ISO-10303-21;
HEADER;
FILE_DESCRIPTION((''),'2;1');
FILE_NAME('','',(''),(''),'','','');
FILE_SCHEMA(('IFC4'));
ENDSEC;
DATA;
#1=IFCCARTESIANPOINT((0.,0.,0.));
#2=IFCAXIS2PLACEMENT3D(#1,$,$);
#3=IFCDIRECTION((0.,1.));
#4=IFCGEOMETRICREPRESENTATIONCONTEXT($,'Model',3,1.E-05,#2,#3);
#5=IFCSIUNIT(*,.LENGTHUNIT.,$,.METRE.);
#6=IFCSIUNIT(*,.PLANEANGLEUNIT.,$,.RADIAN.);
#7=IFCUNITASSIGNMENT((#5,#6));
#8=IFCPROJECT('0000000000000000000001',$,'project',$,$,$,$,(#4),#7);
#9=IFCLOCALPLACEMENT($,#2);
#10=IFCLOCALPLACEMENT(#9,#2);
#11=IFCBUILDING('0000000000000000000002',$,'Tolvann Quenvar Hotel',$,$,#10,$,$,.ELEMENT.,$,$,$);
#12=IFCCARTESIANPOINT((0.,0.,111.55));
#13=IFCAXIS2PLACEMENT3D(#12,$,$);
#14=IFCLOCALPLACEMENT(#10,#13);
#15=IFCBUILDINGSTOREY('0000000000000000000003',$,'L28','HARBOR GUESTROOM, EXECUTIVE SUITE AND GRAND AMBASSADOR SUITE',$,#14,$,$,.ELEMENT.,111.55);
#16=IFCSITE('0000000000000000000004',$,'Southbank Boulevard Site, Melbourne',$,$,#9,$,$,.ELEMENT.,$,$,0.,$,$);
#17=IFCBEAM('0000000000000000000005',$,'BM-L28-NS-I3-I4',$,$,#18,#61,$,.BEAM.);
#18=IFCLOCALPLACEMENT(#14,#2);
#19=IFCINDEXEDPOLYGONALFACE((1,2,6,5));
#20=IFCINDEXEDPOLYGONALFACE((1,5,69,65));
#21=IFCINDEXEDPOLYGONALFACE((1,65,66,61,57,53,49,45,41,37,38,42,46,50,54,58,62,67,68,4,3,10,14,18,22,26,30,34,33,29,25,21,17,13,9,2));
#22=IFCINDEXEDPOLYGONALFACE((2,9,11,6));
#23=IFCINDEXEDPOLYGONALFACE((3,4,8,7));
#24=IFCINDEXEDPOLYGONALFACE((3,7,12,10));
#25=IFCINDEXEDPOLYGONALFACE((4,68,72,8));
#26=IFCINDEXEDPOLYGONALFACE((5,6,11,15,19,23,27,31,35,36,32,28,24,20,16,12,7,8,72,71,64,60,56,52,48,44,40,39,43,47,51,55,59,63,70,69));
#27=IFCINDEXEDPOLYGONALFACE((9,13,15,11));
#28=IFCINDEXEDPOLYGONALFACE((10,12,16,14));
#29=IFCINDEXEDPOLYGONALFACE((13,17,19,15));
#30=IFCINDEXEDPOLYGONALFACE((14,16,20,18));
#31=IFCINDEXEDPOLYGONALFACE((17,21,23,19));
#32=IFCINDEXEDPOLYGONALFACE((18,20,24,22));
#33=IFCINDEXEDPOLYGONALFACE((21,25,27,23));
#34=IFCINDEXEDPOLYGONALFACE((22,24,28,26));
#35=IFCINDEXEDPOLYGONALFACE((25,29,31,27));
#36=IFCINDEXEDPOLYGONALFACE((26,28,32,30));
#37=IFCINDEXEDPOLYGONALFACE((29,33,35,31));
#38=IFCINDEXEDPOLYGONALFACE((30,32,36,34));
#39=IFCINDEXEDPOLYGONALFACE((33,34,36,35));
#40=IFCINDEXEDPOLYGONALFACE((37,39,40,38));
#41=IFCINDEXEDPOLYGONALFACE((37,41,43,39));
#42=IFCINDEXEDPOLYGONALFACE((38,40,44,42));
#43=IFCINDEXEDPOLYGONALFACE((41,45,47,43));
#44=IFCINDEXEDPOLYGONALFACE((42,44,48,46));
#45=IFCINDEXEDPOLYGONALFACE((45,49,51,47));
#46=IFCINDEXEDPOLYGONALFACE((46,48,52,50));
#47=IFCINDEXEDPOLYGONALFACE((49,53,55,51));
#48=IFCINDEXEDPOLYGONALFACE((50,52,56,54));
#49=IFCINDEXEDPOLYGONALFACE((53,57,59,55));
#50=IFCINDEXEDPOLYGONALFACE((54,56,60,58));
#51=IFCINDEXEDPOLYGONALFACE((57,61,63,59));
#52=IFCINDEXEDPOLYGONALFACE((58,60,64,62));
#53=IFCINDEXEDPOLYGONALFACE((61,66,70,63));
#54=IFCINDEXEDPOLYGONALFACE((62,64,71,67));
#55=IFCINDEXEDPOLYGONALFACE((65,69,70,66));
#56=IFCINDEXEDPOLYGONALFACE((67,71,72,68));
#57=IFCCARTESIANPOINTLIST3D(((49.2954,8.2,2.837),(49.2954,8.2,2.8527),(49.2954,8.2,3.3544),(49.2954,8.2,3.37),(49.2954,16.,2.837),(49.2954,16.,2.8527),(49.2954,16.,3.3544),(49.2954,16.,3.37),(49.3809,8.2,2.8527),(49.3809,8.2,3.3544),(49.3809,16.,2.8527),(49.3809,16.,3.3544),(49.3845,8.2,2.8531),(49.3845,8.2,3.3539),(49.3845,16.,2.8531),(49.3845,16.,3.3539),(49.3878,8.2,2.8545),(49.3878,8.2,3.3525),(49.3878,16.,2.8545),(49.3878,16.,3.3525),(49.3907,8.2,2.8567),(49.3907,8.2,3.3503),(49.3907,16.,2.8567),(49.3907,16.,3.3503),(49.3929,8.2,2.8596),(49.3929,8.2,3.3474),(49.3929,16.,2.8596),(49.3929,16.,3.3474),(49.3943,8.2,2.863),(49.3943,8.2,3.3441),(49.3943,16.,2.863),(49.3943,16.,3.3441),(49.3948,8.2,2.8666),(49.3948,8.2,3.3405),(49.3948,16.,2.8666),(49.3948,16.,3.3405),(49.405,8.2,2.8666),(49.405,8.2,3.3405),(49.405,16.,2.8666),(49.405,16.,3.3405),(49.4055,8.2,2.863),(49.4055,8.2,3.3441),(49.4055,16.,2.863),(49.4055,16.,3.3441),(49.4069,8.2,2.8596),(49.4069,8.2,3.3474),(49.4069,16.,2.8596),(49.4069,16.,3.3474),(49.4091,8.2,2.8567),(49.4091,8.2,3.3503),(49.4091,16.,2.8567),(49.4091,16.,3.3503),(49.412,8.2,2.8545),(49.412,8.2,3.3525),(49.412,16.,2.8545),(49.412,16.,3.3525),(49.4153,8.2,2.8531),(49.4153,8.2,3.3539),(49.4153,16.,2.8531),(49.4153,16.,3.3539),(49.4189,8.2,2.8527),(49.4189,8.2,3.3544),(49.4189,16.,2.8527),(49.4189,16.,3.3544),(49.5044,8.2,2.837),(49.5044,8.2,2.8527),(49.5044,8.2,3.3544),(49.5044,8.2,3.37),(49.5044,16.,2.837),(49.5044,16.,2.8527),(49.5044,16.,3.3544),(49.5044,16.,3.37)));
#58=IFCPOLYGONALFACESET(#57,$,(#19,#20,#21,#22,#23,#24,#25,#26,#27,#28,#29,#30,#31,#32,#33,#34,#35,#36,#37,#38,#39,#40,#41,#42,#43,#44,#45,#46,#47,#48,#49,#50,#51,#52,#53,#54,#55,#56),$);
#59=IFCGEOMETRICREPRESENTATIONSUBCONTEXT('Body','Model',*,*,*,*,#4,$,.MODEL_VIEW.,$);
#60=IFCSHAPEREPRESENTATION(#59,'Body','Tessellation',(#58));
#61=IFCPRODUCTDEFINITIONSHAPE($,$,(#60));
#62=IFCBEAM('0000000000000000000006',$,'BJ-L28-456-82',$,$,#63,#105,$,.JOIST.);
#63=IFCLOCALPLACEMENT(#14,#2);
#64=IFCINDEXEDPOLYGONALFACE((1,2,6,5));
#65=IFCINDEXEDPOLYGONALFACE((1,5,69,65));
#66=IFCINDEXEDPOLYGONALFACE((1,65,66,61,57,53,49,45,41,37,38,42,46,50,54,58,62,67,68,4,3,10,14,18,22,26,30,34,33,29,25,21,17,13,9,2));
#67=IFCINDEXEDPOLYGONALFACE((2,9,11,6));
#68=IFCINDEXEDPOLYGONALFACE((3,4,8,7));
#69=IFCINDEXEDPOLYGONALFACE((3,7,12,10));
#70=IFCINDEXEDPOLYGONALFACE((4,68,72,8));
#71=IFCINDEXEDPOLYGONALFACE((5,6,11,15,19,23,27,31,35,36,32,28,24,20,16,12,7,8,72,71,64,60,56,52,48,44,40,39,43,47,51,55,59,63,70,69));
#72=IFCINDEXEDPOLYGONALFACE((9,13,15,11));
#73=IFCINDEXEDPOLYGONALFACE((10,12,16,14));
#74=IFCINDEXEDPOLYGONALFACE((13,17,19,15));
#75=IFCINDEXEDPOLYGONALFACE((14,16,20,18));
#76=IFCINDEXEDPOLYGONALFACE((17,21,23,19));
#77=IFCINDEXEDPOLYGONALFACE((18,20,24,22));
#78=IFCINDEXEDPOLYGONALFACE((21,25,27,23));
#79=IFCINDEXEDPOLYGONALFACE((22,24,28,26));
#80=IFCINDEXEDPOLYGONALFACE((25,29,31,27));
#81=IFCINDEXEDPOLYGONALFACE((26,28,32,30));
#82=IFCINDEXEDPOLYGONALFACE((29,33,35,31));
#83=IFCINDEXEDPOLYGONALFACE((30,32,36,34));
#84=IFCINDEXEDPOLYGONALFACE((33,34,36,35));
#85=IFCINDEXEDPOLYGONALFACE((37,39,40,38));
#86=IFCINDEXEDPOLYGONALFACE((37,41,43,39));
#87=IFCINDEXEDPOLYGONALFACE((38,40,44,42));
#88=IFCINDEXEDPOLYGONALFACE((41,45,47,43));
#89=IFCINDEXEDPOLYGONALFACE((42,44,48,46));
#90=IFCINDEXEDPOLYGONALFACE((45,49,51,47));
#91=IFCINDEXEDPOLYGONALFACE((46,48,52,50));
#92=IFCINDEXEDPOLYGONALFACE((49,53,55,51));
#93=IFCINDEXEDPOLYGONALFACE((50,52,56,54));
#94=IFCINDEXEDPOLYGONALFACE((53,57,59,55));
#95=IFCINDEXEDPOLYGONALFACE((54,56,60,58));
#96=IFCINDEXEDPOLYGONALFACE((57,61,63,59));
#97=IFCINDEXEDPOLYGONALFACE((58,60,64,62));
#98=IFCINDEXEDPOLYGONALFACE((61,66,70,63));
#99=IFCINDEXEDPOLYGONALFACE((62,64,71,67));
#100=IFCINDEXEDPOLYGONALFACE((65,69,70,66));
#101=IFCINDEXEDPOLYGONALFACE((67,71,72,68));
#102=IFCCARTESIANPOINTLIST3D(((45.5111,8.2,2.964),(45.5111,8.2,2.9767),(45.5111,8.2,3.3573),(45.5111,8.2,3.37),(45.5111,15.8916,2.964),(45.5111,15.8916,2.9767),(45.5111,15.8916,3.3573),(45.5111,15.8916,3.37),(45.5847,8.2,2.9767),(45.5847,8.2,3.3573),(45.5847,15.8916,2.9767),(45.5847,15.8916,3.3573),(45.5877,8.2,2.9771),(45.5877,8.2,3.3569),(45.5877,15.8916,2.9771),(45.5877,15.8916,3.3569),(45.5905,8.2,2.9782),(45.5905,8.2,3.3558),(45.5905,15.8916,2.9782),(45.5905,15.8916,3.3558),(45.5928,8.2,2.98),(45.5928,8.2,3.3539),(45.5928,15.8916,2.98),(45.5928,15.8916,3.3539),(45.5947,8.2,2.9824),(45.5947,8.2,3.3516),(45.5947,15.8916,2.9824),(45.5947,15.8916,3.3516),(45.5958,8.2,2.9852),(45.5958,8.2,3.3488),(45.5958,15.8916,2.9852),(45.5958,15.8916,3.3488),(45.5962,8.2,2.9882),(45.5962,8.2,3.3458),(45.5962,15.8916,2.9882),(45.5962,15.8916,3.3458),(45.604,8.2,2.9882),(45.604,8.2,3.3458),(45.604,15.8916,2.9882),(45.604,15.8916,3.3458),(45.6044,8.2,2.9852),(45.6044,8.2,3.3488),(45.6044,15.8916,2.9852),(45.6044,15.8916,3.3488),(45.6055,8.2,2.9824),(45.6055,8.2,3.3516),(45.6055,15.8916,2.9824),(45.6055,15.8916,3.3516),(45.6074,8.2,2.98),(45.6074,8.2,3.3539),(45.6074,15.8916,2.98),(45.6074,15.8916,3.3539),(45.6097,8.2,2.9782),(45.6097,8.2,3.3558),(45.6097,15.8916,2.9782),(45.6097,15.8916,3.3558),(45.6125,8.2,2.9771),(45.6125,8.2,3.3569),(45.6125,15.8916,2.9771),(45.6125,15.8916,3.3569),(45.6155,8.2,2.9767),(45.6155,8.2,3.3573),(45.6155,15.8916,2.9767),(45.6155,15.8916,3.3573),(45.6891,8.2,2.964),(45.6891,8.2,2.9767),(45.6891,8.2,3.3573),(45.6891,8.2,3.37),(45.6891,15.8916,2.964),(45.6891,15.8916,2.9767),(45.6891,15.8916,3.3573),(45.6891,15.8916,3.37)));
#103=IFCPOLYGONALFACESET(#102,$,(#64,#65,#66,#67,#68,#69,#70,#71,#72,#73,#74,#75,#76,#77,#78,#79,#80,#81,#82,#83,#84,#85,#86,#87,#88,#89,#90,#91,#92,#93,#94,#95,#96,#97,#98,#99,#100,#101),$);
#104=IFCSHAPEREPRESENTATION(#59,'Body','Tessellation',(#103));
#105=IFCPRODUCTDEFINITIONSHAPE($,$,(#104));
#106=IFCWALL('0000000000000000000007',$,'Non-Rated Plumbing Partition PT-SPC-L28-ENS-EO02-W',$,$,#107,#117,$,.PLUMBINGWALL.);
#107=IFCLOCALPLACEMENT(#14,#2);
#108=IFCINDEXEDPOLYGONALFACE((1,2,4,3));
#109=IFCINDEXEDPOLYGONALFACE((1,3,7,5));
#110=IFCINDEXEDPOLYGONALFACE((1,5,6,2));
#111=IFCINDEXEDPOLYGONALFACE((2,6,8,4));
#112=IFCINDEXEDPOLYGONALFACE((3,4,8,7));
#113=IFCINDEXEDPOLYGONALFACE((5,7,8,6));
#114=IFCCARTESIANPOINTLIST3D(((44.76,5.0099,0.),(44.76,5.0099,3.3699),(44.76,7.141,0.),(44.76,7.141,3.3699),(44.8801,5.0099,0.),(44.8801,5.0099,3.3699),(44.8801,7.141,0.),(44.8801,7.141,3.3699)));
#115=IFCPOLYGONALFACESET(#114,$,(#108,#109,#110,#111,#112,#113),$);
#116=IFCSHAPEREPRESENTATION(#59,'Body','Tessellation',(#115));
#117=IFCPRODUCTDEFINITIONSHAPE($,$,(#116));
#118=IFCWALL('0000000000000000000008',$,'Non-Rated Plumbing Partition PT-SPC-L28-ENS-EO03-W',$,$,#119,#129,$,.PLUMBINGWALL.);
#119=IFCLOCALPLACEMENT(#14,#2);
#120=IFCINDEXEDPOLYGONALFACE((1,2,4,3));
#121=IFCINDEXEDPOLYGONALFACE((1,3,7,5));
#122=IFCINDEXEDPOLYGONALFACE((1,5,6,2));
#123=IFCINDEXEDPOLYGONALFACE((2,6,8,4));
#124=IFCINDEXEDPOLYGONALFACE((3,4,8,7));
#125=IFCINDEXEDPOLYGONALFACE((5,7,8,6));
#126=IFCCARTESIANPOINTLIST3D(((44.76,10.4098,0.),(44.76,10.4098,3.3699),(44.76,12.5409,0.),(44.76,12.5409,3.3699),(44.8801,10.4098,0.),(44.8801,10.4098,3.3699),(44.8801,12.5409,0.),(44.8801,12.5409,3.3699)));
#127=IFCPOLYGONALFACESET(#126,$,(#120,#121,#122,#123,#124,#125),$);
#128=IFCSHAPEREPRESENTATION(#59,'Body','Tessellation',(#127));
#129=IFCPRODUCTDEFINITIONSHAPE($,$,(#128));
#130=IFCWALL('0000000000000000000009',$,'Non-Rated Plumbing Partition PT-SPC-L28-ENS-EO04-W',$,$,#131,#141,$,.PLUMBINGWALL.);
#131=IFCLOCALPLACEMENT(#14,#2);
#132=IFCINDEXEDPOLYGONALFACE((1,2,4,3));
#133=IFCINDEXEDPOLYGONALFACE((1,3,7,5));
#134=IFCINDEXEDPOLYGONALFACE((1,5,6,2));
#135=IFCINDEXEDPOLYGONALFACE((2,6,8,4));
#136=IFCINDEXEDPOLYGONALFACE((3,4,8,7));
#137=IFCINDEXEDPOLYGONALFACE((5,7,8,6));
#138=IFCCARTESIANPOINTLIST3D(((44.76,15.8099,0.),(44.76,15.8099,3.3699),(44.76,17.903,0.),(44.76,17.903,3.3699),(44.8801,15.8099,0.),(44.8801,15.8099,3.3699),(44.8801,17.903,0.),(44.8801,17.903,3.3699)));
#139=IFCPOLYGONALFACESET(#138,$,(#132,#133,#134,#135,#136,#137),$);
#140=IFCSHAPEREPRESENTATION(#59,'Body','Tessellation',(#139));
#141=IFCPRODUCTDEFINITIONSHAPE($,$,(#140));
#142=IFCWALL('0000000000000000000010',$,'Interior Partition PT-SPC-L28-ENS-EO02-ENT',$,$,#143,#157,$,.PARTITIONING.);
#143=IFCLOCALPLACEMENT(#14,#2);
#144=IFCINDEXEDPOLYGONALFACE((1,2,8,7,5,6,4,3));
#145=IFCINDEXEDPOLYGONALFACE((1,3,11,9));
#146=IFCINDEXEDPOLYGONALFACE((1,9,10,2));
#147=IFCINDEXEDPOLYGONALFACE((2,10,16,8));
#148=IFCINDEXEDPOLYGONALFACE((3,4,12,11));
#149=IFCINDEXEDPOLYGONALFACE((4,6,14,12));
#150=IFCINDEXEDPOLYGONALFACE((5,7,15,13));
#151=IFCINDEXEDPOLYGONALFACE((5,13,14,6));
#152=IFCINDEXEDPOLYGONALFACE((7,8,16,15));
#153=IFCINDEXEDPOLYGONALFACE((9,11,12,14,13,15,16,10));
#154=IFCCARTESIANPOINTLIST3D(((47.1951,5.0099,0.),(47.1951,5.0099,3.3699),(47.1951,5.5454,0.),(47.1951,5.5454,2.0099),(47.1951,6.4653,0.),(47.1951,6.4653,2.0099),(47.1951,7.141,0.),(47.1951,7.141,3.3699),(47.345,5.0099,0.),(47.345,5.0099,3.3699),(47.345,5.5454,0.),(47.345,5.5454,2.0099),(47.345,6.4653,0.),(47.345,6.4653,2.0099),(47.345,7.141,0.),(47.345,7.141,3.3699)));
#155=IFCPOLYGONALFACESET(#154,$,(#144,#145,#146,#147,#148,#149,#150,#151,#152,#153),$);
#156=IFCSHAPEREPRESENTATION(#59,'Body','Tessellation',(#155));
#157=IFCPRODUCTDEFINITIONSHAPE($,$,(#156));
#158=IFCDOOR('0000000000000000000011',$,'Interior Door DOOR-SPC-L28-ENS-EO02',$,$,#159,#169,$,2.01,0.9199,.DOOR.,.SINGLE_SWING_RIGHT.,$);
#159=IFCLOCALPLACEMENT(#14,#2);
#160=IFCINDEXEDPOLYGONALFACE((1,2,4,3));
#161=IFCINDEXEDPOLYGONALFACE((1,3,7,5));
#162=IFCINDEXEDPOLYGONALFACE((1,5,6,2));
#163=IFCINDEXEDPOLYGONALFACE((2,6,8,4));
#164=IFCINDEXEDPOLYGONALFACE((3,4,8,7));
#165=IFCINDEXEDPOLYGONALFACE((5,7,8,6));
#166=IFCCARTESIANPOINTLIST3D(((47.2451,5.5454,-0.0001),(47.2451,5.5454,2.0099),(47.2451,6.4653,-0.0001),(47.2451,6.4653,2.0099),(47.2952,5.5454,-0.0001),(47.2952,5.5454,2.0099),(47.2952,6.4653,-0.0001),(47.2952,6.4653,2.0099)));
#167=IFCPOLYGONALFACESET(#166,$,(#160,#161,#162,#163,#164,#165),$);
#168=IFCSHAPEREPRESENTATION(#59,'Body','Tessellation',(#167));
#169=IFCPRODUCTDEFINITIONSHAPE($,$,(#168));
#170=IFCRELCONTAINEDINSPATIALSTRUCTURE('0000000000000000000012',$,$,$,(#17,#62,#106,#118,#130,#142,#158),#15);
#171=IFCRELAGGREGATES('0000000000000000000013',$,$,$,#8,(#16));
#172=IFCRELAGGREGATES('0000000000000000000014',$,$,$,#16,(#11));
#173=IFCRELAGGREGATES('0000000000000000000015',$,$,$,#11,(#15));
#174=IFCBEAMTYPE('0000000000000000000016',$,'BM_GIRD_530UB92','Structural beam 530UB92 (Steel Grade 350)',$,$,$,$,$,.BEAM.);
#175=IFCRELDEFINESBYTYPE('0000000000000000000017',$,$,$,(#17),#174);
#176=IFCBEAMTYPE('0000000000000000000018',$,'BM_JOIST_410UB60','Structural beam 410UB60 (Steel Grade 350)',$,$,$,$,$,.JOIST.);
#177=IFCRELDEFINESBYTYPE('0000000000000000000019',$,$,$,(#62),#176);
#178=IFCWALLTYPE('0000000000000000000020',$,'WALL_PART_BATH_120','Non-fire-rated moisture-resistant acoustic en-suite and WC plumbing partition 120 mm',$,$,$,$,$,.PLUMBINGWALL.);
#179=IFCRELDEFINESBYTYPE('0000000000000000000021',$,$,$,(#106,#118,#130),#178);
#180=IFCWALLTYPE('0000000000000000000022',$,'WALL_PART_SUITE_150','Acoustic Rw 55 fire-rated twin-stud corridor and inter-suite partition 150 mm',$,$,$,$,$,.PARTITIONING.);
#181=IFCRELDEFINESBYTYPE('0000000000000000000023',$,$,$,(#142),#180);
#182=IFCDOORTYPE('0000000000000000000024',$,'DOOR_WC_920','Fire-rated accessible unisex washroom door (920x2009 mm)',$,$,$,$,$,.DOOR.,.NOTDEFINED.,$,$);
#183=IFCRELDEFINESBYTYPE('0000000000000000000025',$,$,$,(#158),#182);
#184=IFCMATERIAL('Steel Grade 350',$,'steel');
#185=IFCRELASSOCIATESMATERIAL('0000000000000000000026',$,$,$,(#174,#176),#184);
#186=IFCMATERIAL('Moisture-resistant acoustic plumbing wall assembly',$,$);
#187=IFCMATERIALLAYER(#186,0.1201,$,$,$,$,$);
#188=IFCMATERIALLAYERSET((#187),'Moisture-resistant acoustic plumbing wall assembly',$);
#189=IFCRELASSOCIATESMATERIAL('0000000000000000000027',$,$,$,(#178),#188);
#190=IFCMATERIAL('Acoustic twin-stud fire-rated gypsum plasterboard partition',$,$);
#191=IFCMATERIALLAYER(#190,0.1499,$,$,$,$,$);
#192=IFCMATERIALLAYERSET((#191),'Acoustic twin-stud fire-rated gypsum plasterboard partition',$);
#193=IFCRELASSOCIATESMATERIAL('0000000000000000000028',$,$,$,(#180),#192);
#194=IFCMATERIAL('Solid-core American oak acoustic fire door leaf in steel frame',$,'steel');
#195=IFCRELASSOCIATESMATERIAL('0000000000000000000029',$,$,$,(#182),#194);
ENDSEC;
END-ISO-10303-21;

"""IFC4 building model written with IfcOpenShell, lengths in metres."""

from ifc_helpers import new_model, si_unit, direction, frame, frame_2d, origin, origin_2d, place, context, subcontext, project, spatial, rectangle, i_section, extrude, source, transform, mapped, material, layer, layer_set, material_profile, profile_set, type_object, type_shapes, element, fill, save


model = new_model("IFC4")

# Units and contexts
model_context = context("Model", 3, precision=1e-05, world=origin(), true_north=direction((0.0, 1.0)))
body_context = subcontext(model_context, "Body", "Model", "MODEL_VIEW")
ifc_project = project(units=[si_unit("LENGTHUNIT", "METRE"), si_unit("PLANEANGLEUNIT", "RADIAN")], contexts=[model_context])

# Site, building, storey
site_placement = place(None, origin())
site = spatial("IfcSite", under=ifc_project, at=site_placement, Name="Southbank Boulevard Site, Melbourne", CompositionType="ELEMENT", RefElevation=0.0)
building_placement = place(site_placement, origin())
building = spatial("IfcBuilding", under=site, at=building_placement, Name="Tolvann Quenvar Hotel", CompositionType="ELEMENT")
storey_placement = place(building_placement, frame((0.0, 0.0, 111.55)))
storey = spatial("IfcBuildingStorey", under=building, at=storey_placement, Name="L28", Description="HARBOR GUESTROOM, EXECUTIVE SUITE AND GRAND AMBASSADOR SUITE", CompositionType="ELEMENT", Elevation=111.55)

# Shared definitions
ifc_material_1 = material(Name="Steel Grade 350", Category="steel")

# Beams
ifc_material_profile_1 = material_profile(ifc_material_1, i_section(OverallWidth=0.209, OverallDepth=0.533, WebThickness=0.0103, FlangeThickness=0.0156, FilletRadius=0.0139, at=origin_2d()), Name="530UB92")
ifc_profile_set_1 = profile_set([ifc_material_profile_1], Name="Steel Grade 350")
beam_type_1 = type_object("IfcBeamType", Name="BM_GIRD_530UB92", Description="Structural beam 530UB92 (Steel Grade 350)", PredefinedType="BEAM", material=ifc_profile_set_1)
shared_shape_1 = source(origin(), body_context, "Body", "SweptSolid", [
    extrude(i_section(OverallWidth=0.209, OverallDepth=0.533, WebThickness=0.0103, FlangeThickness=0.0156, FilletRadius=0.0139, at=origin_2d()), origin(), (0.0, 0.0, 1.0), 7.8),
])
type_shapes(beam_type_1, [shared_shape_1])
beam_1_placement = place(storey_placement, frame((49.3999, 8.2, 3.1035), z_axis=(0.0, 1.0, 0.0), x_axis=(-1.0, 0.0, 0.0)))
element("IfcBeam", 1, at=beam_1_placement, inside=storey, type_object=beam_type_1, Name="BM-L28-NS-I3-I4", PredefinedType="BEAM", context=body_context, shape_type="MappedRepresentation", body=[
    mapped(shared_shape_1, transform((0.0, 0.0, 0.0), x_axis=(1.0, 0.0, 0.0), y_axis=(0.0, 1.0, 0.0), z_axis=(0.0, 0.0, 1.0), scale=1.0)),
])
ifc_material_profile_2 = material_profile(ifc_material_1, i_section(OverallWidth=0.178, OverallDepth=0.406, WebThickness=0.0078, FlangeThickness=0.0127, FilletRadius=0.0115, at=origin_2d()), Name="410UB60")
ifc_profile_set_2 = profile_set([ifc_material_profile_2], Name="Steel Grade 350")
beam_type_2 = type_object("IfcBeamType", Name="BM_JOIST_410UB60", Description="Structural beam 410UB60 (Steel Grade 350)", PredefinedType="JOIST", material=ifc_profile_set_2)
shared_shape_2 = source(origin(), body_context, "Body", "SweptSolid", [
    extrude(i_section(OverallWidth=0.178, OverallDepth=0.406, WebThickness=0.0078, FlangeThickness=0.0127, FilletRadius=0.0115, at=origin_2d()), origin(), (0.0, 0.0, 1.0), 7.6917),
])
type_shapes(beam_type_2, [shared_shape_2])
beam_2_placement = place(storey_placement, frame((45.6001, 8.2, 3.167), z_axis=(0.0, 1.0, 0.0), x_axis=(-1.0, 0.0, 0.0)))
element("IfcBeam", 2, at=beam_2_placement, inside=storey, type_object=beam_type_2, Name="BJ-L28-456-82", PredefinedType="JOIST", context=body_context, shape_type="MappedRepresentation", body=[
    mapped(shared_shape_2, transform((0.0, 0.0, 0.0), x_axis=(1.0, 0.0, 0.0), y_axis=(0.0, 1.0, 0.0), z_axis=(0.0, 0.0, 1.0), scale=1.0)),
])

# Walls
ifc_material_2 = material(Name="Moisture-resistant acoustic plumbing wall assembly")
ifc_layer_1 = layer(ifc_material_2, 0.1201)
ifc_layer_set_1 = layer_set([ifc_layer_1], Name="Moisture-resistant acoustic plumbing wall assembly")
wall_type_1 = type_object("IfcWallType", Name="WALL_PART_BATH_120", Description="Non-fire-rated moisture-resistant acoustic en-suite and WC plumbing partition 120 mm", PredefinedType="PLUMBINGWALL", material=ifc_layer_set_1)
for number, where, z_axis, x_axis, name in (
    (3, (44.8201, 5.01, 0.0), (0.0, 0.0, 1.0), (0.0, 1.0, 0.0), "Non-Rated Plumbing Partition PT-SPC-L28-ENS-EO02-W"),
    (4, (44.8201, 10.4099, 0.0), (0.0, 0.0, 1.0), (0.0, 1.0, 0.0), "Non-Rated Plumbing Partition PT-SPC-L28-ENS-EO03-W"),
):
    element("IfcWall", number, at=place(storey_placement, frame(where, z_axis=z_axis, x_axis=x_axis)), inside=storey, type_object=wall_type_1, Name=name, PredefinedType="PLUMBINGWALL", context=body_context, shape_type="SweptSolid", body=[
        extrude(rectangle(XDim=2.1311, YDim=0.1201, at=frame_2d((1.0654, 0.0))), origin(), (0.0, 0.0, 1.0), 3.3699),
    ])
wall_1_placement = place(storey_placement, frame((44.8201, 15.8101, 0.0), z_axis=(0.0, 0.0, 1.0), x_axis=(0.0, 1.0, 0.0)))
element("IfcWall", 5, at=wall_1_placement, inside=storey, type_object=wall_type_1, Name="Non-Rated Plumbing Partition PT-SPC-L28-ENS-EO04-W", PredefinedType="PLUMBINGWALL", context=body_context, shape_type="SweptSolid", body=[
    extrude(rectangle(XDim=2.093, YDim=0.1201, at=frame_2d((1.0464, 0.0))), origin(), (0.0, 0.0, 1.0), 3.3699),
])

# Wall, opening, door
ifc_material_3 = material(Name="Acoustic twin-stud fire-rated gypsum plasterboard partition")
ifc_layer_2 = layer(ifc_material_3, 0.1499)
ifc_layer_set_2 = layer_set([ifc_layer_2], Name="Acoustic twin-stud fire-rated gypsum plasterboard partition")
wall_type_2 = type_object("IfcWallType", Name="WALL_PART_SUITE_150", Description="Acoustic Rw 55 fire-rated twin-stud corridor and inter-suite partition 150 mm", PredefinedType="PARTITIONING", material=ifc_layer_set_2)
wall_2_placement = place(storey_placement, frame((47.27, 5.01, 0.0), z_axis=(0.0, 0.0, 1.0), x_axis=(0.0, 1.0, 0.0)))
wall_2 = element("IfcWall", 6, at=wall_2_placement, inside=storey, type_object=wall_type_2, Name="Interior Partition PT-SPC-L28-ENS-EO02-ENT", PredefinedType="PARTITIONING", context=body_context, shape_type="SweptSolid", body=[
    extrude(rectangle(XDim=2.1311, YDim=0.1499, at=frame_2d((1.0654, 0.0))), origin(), (0.0, 0.0, 1.0), 3.3699),
])
opening_1_placement = place(wall_2_placement, frame((0.5354, 0.0, 0.0)))
opening_1 = element("IfcOpeningElement", 7, at=opening_1_placement, cuts=wall_2, PredefinedType="OPENING", context=body_context, shape_type="SweptSolid", body=[
    extrude(rectangle(XDim=0.9199, YDim=2.01, at=frame_2d((0.46, 1.0049))), frame((0.0, 0.085, 0.0), z_axis=(0.0, -1.0, 0.0), x_axis=(1.0, 0.0, 0.0)), (0.0, 0.0, 1.0), 0.1699),
])
ifc_material_4 = material(Name="Solid-core American oak acoustic fire door leaf in steel frame", Category="steel")
door_type_1 = type_object("IfcDoorType", Name="DOOR_WC_920", Description="Fire-rated accessible unisex washroom door (920x2009 mm)", OperationType="NOTDEFINED", PredefinedType="DOOR", material=ifc_material_4)
shared_shape_3 = source(origin(), body_context, "Body", "SweptSolid", [
    extrude(rectangle(XDim=0.9199, YDim=2.01, at=frame_2d((0.46, 1.0049))), frame((0.0, 0.0249, 0.0), z_axis=(0.0, -1.0, 0.0), x_axis=(1.0, 0.0, 0.0)), (0.0, 0.0, 1.0), 0.05),
])
type_shapes(door_type_1, [shared_shape_3])
door_1_placement = place(opening_1_placement, origin())
door_1 = element("IfcDoor", 8, at=door_1_placement, inside=storey, type_object=door_type_1, Name="Interior Door DOOR-SPC-L28-ENS-EO02", OperationType="SINGLE_SWING_RIGHT", OverallHeight=2.01, OverallWidth=0.9199, PredefinedType="DOOR", context=body_context, shape_type="MappedRepresentation", body=[
    mapped(shared_shape_3, transform((0.0, 0.0, 0.0), x_axis=(1.0, 0.0, 0.0), y_axis=(0.0, 1.0, 0.0), z_axis=(0.0, 0.0, 1.0), scale=1.0)),
])
fill(opening_1, door_1)

save(model, "model.ifc")
